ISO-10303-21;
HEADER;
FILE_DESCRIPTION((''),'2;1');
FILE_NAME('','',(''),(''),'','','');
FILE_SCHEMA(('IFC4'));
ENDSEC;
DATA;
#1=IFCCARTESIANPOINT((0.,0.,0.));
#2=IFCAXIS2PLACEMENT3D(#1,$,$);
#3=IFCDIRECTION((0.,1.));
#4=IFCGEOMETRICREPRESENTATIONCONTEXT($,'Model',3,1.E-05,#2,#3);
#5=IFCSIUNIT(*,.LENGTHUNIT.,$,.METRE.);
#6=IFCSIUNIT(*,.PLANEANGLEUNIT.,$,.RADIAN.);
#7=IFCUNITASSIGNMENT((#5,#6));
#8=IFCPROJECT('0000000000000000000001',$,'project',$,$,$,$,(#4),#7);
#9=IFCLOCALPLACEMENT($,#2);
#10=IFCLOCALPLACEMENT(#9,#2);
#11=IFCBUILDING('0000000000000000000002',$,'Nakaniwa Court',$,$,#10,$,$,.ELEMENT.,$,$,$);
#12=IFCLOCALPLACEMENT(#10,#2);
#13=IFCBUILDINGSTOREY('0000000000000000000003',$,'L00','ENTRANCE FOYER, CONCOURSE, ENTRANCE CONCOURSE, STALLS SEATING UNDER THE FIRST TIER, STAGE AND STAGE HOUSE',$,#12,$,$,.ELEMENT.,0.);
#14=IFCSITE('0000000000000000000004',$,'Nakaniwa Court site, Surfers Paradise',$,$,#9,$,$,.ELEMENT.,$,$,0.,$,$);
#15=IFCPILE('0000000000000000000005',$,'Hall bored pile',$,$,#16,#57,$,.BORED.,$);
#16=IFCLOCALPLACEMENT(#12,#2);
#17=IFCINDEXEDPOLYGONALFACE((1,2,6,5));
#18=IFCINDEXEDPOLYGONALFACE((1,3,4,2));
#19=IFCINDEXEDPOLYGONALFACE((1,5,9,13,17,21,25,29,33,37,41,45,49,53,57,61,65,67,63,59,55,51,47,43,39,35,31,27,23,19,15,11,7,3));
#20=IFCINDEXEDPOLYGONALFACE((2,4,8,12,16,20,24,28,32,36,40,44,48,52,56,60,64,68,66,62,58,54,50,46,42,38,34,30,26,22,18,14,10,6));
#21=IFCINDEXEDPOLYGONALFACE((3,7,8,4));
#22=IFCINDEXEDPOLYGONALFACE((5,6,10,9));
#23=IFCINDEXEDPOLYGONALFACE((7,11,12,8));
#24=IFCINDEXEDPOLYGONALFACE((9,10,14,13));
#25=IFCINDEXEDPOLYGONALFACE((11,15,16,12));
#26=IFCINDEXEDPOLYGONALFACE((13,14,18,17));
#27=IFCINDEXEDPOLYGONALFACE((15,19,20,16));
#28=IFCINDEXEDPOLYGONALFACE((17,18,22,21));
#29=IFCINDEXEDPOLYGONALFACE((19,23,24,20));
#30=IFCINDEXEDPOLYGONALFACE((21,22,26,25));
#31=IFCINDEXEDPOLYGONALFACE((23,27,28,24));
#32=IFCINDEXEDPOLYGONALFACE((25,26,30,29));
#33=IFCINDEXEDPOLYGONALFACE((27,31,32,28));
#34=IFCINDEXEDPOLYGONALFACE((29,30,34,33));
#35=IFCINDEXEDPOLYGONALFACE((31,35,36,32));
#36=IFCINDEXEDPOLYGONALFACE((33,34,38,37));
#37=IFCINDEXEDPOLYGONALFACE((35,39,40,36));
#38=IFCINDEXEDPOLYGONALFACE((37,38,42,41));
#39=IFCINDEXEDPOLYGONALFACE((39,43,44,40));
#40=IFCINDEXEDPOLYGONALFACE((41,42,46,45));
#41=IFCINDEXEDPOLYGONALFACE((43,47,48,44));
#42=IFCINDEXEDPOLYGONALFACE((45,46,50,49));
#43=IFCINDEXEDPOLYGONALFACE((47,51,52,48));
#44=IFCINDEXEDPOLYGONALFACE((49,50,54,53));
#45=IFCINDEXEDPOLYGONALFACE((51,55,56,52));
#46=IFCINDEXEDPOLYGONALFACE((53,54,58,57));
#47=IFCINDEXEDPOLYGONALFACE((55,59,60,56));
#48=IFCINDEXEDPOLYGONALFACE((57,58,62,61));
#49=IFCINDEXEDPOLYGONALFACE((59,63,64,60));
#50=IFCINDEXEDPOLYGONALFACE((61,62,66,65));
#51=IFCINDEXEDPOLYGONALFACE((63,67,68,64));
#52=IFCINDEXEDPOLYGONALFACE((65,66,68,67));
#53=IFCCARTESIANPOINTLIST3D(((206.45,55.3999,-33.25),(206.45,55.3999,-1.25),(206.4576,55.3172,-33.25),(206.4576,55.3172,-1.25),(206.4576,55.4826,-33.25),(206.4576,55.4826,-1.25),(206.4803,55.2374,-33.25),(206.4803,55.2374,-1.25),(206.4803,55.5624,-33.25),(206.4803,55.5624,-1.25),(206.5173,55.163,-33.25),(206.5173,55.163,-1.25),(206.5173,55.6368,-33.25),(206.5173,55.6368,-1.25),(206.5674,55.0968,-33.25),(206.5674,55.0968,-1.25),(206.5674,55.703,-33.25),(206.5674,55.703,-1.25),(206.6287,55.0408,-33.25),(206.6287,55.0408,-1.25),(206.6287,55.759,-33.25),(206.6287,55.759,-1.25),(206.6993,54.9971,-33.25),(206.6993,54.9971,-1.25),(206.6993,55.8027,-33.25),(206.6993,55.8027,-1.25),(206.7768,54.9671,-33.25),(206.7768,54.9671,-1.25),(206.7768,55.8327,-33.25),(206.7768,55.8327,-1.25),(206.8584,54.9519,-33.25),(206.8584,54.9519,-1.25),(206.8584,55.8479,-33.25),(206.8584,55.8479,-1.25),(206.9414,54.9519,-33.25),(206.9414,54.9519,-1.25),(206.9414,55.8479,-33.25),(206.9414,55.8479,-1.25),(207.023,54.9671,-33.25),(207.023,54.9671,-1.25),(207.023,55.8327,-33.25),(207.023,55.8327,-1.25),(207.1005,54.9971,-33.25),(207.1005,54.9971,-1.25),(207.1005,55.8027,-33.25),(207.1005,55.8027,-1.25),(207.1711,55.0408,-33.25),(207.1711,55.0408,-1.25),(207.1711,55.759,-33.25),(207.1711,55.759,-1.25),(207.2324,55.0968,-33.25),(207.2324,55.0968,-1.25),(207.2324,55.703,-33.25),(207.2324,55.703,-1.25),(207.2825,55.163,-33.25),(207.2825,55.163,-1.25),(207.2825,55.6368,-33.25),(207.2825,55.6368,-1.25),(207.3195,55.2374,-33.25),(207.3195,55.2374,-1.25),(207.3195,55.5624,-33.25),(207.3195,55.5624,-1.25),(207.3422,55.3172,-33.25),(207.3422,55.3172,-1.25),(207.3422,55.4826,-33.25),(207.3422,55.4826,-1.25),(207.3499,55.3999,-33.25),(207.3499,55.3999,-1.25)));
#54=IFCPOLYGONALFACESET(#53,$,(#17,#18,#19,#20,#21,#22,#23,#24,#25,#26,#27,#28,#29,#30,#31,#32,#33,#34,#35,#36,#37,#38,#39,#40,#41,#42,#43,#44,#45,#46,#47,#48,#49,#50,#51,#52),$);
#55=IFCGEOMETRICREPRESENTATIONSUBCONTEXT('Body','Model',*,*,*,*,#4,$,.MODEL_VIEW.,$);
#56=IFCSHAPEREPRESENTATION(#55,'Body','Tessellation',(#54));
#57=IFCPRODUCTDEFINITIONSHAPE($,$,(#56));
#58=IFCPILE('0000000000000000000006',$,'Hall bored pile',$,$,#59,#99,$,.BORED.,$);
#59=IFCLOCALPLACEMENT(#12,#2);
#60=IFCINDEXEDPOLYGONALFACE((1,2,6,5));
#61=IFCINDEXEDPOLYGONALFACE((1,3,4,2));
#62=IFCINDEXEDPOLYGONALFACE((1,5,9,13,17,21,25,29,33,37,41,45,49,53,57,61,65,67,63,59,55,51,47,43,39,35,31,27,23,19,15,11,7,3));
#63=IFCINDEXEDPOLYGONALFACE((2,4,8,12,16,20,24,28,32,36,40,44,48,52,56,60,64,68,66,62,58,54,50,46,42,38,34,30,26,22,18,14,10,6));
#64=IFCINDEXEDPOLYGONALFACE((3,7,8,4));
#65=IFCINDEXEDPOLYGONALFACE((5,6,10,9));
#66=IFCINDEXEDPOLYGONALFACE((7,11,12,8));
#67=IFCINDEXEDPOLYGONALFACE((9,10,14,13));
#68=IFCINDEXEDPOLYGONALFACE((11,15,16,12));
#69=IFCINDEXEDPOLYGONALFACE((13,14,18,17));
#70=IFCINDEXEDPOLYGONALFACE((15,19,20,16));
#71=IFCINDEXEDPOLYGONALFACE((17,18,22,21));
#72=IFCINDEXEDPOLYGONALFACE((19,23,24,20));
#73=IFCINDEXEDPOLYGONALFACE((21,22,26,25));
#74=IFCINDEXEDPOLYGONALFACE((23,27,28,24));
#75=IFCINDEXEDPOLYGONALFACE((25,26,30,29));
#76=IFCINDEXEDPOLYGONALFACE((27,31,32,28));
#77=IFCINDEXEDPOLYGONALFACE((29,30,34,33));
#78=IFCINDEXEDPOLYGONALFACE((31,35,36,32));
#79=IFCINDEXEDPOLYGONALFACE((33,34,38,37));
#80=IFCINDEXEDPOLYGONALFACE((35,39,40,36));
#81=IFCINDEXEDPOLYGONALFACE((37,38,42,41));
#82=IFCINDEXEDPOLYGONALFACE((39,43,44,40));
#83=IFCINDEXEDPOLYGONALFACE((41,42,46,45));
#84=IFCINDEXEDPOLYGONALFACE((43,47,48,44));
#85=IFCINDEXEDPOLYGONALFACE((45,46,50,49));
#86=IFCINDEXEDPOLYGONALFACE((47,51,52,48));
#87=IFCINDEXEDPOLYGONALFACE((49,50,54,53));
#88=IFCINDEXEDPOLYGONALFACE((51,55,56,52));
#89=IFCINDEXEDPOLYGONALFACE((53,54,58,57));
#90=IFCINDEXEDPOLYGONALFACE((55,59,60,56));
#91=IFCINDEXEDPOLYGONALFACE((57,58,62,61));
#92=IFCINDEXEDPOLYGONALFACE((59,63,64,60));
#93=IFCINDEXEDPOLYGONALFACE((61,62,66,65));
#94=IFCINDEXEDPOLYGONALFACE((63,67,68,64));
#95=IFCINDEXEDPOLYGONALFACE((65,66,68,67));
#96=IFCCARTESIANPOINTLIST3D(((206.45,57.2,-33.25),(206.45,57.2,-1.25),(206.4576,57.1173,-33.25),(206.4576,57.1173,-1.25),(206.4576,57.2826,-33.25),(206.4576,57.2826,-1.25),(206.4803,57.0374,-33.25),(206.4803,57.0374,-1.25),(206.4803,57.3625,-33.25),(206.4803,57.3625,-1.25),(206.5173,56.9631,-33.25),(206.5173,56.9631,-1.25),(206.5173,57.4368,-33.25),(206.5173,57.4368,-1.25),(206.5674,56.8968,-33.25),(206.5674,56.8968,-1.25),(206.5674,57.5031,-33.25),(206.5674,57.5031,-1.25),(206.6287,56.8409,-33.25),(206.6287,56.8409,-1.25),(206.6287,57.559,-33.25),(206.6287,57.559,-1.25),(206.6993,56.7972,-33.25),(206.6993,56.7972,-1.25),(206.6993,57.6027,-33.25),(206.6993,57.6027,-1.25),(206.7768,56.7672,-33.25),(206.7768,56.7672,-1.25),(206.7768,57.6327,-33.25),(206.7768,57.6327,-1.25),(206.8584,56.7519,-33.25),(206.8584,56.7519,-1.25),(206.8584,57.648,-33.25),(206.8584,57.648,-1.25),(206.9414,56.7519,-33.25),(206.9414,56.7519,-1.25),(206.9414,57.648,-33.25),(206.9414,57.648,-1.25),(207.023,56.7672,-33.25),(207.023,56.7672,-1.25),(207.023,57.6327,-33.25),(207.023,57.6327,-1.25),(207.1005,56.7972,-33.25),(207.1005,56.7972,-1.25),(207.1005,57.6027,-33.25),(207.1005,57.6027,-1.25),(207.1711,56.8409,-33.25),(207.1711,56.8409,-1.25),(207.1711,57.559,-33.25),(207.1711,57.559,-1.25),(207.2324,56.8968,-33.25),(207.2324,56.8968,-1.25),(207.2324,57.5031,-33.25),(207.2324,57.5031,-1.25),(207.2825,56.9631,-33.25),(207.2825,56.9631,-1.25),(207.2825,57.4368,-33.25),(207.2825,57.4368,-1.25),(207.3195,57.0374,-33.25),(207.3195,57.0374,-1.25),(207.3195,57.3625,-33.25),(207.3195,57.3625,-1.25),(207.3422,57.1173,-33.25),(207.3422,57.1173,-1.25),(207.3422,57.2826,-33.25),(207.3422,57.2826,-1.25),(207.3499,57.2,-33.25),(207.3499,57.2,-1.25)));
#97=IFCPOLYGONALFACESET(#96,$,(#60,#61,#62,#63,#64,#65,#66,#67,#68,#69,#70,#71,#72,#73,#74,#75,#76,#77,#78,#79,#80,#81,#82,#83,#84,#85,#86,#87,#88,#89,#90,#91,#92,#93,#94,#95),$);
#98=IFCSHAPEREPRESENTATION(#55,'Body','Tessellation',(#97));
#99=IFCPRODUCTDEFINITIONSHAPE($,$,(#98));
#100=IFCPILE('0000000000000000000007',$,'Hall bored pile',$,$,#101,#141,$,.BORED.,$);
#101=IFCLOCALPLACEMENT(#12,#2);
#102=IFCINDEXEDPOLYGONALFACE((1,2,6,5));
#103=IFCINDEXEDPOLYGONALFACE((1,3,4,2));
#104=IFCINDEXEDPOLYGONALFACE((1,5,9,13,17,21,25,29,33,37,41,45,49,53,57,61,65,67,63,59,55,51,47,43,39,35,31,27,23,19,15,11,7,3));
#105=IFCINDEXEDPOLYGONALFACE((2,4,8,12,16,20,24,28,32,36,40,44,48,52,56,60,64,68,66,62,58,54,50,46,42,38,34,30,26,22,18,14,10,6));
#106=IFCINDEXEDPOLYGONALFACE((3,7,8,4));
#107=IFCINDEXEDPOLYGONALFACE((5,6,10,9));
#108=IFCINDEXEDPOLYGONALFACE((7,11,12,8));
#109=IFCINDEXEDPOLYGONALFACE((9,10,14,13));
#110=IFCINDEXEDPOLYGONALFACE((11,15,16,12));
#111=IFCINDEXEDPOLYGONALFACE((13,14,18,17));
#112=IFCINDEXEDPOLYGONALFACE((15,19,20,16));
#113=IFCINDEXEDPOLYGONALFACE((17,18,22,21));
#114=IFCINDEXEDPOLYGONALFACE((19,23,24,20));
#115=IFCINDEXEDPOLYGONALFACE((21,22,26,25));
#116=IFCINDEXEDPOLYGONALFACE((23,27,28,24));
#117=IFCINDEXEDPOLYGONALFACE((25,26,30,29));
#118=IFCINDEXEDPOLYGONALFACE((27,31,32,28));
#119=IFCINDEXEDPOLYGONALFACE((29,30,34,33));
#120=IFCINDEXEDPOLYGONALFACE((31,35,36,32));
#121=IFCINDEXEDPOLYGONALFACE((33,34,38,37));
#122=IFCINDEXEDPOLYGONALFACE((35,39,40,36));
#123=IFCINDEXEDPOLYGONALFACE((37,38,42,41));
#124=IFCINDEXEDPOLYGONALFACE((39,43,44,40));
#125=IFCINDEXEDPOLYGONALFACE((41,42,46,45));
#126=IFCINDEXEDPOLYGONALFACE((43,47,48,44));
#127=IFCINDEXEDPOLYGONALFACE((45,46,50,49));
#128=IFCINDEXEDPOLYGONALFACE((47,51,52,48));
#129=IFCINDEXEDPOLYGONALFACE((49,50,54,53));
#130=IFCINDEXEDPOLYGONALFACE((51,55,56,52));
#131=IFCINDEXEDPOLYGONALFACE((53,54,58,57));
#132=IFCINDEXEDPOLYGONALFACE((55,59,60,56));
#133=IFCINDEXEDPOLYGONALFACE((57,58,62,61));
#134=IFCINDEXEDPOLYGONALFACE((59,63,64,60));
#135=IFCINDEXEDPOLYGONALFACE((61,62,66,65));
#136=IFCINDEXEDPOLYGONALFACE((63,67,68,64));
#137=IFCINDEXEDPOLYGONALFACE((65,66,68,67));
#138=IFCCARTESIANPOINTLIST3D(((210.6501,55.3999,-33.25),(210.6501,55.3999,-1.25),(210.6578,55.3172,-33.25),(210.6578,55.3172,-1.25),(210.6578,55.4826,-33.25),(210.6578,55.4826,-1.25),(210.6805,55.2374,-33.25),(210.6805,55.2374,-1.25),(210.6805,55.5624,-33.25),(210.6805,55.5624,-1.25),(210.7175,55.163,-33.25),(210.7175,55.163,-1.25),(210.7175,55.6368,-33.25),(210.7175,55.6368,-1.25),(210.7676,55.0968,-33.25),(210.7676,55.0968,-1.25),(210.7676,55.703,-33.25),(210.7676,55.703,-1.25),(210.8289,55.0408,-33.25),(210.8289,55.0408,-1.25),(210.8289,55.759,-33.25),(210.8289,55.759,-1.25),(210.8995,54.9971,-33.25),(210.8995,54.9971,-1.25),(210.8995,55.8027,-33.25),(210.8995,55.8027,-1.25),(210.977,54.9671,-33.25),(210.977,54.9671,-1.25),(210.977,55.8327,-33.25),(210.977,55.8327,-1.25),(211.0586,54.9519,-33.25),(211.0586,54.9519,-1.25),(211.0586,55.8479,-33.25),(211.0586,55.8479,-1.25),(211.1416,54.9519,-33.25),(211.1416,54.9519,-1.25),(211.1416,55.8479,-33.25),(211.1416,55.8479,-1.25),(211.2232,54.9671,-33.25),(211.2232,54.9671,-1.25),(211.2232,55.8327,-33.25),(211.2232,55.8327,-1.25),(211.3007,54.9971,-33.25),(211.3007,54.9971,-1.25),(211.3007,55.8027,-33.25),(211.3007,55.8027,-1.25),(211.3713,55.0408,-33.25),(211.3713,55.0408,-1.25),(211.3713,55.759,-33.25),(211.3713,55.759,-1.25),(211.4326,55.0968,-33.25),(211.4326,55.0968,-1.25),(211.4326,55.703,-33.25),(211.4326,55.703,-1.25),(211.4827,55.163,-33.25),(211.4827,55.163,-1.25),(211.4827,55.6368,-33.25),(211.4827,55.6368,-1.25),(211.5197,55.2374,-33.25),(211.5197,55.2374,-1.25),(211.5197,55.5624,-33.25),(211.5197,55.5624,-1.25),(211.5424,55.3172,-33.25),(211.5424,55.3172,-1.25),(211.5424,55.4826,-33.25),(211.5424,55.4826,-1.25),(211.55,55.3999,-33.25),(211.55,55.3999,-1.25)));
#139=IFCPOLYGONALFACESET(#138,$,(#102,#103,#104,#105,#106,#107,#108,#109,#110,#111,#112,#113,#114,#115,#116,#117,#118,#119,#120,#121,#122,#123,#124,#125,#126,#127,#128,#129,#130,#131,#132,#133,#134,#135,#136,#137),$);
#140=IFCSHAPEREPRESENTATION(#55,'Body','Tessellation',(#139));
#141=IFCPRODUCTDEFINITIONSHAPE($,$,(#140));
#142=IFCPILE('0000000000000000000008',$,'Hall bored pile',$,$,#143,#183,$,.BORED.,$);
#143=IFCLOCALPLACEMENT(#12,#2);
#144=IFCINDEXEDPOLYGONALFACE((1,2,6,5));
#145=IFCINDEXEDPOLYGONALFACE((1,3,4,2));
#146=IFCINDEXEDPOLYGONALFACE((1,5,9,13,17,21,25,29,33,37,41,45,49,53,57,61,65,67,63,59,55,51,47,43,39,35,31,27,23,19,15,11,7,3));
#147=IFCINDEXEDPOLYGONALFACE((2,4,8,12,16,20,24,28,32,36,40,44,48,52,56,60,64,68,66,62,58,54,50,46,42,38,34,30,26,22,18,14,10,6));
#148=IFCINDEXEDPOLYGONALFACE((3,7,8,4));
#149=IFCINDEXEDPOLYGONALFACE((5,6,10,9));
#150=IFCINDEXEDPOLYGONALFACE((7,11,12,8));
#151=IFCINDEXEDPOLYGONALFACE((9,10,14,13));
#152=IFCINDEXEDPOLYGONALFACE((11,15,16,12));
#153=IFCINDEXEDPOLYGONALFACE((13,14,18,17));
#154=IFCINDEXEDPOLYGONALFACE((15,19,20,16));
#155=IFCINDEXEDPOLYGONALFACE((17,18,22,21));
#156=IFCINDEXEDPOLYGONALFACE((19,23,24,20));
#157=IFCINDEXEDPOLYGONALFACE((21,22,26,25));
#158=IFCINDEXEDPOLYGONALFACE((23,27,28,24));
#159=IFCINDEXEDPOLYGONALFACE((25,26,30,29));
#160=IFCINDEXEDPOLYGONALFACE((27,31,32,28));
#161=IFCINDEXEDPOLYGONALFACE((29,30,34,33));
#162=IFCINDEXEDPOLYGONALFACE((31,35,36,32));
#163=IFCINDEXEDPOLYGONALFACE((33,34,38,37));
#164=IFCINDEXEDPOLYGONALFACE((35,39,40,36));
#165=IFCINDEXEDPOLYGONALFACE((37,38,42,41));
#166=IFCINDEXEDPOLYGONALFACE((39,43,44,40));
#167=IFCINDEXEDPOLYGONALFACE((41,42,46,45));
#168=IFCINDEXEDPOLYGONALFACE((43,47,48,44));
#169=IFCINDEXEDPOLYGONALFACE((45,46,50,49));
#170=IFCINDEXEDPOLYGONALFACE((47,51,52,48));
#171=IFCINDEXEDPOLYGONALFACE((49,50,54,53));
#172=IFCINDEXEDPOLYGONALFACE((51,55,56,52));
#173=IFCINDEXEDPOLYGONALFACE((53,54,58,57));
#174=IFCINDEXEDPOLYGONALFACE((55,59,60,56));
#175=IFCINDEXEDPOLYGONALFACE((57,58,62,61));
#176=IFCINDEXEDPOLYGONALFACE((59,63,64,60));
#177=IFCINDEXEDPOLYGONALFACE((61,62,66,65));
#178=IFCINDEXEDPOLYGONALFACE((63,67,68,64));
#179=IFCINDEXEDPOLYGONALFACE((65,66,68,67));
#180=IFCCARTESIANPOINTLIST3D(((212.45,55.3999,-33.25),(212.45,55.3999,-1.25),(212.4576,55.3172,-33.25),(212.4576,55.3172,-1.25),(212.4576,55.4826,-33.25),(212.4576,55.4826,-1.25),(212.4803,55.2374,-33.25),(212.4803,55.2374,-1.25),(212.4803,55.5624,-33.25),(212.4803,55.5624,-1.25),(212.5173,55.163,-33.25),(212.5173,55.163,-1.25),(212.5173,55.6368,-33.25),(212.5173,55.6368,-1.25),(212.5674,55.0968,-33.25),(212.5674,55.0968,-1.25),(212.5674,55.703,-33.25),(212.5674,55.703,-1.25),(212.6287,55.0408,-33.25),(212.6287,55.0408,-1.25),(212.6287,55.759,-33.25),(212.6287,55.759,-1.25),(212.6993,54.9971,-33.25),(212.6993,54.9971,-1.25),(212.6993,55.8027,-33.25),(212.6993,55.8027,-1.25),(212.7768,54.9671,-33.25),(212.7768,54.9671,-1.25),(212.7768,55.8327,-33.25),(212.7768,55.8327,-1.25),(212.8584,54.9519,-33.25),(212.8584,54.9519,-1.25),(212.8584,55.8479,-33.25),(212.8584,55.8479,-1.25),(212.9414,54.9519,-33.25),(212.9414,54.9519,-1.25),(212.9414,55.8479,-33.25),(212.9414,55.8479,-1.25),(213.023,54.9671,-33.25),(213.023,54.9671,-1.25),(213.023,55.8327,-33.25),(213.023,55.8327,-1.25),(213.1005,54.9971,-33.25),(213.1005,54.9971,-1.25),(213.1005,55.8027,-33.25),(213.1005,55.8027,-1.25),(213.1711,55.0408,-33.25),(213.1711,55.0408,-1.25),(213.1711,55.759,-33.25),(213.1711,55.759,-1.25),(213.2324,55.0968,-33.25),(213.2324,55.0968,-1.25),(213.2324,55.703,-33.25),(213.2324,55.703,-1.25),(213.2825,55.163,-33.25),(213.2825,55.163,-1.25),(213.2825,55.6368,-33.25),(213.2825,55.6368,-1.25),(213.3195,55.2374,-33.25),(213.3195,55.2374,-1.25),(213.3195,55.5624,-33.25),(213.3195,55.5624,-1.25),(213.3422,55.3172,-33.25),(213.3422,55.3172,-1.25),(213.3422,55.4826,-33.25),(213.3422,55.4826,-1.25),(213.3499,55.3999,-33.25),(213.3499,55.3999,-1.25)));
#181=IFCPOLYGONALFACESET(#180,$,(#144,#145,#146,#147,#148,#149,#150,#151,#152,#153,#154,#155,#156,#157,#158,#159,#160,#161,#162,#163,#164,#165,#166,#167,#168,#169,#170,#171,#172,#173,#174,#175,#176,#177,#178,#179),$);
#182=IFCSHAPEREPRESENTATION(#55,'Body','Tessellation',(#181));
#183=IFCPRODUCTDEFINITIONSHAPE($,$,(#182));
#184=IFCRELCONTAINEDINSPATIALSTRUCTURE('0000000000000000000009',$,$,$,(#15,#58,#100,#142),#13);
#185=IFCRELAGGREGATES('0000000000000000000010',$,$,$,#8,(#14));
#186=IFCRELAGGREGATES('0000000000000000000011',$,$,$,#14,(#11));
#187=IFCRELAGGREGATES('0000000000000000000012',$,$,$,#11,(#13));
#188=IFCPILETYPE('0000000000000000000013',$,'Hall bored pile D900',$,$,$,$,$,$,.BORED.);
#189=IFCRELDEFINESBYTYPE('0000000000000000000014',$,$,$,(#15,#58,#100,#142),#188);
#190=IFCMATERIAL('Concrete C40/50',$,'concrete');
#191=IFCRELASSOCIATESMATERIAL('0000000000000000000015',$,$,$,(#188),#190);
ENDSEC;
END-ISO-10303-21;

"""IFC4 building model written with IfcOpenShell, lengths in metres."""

from ifc_helpers import new_model, si_unit, direction, frame, origin, origin_2d, place, context, subcontext, project, spatial, circle, extrude, material, material_profile, profile_set, type_object, element, save


model = new_model("IFC4")

# Units and contexts
model_context = context("Model", 3, precision=1e-05, world=origin(), true_north=direction((0.0, 1.0)))
body_context = subcontext(model_context, "Body", "Model", "MODEL_VIEW")
ifc_project = project(units=[si_unit("LENGTHUNIT", "METRE"), si_unit("PLANEANGLEUNIT", "RADIAN")], contexts=[model_context])

# Site, building, storey
site_placement = place(None, origin())
site = spatial("IfcSite", under=ifc_project, at=site_placement, Name="Nakaniwa Court site, Surfers Paradise", CompositionType="ELEMENT", RefElevation=0.0)
building_placement = place(site_placement, origin())
building = spatial("IfcBuilding", under=site, at=building_placement, Name="Nakaniwa Court", CompositionType="ELEMENT")
storey_placement = place(building_placement, origin())
storey = spatial("IfcBuildingStorey", under=building, at=storey_placement, Name="L00", Description="ENTRANCE FOYER, CONCOURSE, ENTRANCE CONCOURSE, STALLS SEATING UNDER THE FIRST TIER, STAGE AND STAGE HOUSE", CompositionType="ELEMENT", Elevation=0.0)

# Piles
ifc_material_1 = material(Name="Concrete C40/50", Category="concrete")
ifc_material_profile_1 = material_profile(ifc_material_1, circle(Radius=0.45, at=origin_2d()), Name="Bored pile D900")
ifc_profile_set_1 = profile_set([ifc_material_profile_1], Name="Concrete C40/50")
pile_type = type_object("IfcPileType", Name="Hall bored pile D900", PredefinedType="BORED", material=ifc_profile_set_1)
for number, where, z_axis, x_axis, name in (
    (1, (206.8999, 55.3999, -1.25), (0.0, 0.0, -1.0), (1.0, 0.0, 0.0), "Hall bored pile"),
    (2, (206.8999, 57.2, -1.25), (0.0, 0.0, -1.0), (1.0, 0.0, 0.0), "Hall bored pile"),
    (3, (211.1001, 55.3999, -1.25), (0.0, 0.0, -1.0), (1.0, 0.0, 0.0), "Hall bored pile"),
    (4, (212.8999, 55.3999, -1.25), (0.0, 0.0, -1.0), (1.0, 0.0, 0.0), "Hall bored pile"),
):
    element("IfcPile", number, at=place(storey_placement, frame(where, z_axis=z_axis, x_axis=x_axis)), inside=storey, type_object=pile_type, Name=name, PredefinedType="BORED", context=body_context, shape_type="SweptSolid", body=[
        extrude(circle(Radius=0.45, at=origin_2d()), origin(), (0.0, 0.0, 1.0), 32.0),
    ])

save(model, "model.ifc")
